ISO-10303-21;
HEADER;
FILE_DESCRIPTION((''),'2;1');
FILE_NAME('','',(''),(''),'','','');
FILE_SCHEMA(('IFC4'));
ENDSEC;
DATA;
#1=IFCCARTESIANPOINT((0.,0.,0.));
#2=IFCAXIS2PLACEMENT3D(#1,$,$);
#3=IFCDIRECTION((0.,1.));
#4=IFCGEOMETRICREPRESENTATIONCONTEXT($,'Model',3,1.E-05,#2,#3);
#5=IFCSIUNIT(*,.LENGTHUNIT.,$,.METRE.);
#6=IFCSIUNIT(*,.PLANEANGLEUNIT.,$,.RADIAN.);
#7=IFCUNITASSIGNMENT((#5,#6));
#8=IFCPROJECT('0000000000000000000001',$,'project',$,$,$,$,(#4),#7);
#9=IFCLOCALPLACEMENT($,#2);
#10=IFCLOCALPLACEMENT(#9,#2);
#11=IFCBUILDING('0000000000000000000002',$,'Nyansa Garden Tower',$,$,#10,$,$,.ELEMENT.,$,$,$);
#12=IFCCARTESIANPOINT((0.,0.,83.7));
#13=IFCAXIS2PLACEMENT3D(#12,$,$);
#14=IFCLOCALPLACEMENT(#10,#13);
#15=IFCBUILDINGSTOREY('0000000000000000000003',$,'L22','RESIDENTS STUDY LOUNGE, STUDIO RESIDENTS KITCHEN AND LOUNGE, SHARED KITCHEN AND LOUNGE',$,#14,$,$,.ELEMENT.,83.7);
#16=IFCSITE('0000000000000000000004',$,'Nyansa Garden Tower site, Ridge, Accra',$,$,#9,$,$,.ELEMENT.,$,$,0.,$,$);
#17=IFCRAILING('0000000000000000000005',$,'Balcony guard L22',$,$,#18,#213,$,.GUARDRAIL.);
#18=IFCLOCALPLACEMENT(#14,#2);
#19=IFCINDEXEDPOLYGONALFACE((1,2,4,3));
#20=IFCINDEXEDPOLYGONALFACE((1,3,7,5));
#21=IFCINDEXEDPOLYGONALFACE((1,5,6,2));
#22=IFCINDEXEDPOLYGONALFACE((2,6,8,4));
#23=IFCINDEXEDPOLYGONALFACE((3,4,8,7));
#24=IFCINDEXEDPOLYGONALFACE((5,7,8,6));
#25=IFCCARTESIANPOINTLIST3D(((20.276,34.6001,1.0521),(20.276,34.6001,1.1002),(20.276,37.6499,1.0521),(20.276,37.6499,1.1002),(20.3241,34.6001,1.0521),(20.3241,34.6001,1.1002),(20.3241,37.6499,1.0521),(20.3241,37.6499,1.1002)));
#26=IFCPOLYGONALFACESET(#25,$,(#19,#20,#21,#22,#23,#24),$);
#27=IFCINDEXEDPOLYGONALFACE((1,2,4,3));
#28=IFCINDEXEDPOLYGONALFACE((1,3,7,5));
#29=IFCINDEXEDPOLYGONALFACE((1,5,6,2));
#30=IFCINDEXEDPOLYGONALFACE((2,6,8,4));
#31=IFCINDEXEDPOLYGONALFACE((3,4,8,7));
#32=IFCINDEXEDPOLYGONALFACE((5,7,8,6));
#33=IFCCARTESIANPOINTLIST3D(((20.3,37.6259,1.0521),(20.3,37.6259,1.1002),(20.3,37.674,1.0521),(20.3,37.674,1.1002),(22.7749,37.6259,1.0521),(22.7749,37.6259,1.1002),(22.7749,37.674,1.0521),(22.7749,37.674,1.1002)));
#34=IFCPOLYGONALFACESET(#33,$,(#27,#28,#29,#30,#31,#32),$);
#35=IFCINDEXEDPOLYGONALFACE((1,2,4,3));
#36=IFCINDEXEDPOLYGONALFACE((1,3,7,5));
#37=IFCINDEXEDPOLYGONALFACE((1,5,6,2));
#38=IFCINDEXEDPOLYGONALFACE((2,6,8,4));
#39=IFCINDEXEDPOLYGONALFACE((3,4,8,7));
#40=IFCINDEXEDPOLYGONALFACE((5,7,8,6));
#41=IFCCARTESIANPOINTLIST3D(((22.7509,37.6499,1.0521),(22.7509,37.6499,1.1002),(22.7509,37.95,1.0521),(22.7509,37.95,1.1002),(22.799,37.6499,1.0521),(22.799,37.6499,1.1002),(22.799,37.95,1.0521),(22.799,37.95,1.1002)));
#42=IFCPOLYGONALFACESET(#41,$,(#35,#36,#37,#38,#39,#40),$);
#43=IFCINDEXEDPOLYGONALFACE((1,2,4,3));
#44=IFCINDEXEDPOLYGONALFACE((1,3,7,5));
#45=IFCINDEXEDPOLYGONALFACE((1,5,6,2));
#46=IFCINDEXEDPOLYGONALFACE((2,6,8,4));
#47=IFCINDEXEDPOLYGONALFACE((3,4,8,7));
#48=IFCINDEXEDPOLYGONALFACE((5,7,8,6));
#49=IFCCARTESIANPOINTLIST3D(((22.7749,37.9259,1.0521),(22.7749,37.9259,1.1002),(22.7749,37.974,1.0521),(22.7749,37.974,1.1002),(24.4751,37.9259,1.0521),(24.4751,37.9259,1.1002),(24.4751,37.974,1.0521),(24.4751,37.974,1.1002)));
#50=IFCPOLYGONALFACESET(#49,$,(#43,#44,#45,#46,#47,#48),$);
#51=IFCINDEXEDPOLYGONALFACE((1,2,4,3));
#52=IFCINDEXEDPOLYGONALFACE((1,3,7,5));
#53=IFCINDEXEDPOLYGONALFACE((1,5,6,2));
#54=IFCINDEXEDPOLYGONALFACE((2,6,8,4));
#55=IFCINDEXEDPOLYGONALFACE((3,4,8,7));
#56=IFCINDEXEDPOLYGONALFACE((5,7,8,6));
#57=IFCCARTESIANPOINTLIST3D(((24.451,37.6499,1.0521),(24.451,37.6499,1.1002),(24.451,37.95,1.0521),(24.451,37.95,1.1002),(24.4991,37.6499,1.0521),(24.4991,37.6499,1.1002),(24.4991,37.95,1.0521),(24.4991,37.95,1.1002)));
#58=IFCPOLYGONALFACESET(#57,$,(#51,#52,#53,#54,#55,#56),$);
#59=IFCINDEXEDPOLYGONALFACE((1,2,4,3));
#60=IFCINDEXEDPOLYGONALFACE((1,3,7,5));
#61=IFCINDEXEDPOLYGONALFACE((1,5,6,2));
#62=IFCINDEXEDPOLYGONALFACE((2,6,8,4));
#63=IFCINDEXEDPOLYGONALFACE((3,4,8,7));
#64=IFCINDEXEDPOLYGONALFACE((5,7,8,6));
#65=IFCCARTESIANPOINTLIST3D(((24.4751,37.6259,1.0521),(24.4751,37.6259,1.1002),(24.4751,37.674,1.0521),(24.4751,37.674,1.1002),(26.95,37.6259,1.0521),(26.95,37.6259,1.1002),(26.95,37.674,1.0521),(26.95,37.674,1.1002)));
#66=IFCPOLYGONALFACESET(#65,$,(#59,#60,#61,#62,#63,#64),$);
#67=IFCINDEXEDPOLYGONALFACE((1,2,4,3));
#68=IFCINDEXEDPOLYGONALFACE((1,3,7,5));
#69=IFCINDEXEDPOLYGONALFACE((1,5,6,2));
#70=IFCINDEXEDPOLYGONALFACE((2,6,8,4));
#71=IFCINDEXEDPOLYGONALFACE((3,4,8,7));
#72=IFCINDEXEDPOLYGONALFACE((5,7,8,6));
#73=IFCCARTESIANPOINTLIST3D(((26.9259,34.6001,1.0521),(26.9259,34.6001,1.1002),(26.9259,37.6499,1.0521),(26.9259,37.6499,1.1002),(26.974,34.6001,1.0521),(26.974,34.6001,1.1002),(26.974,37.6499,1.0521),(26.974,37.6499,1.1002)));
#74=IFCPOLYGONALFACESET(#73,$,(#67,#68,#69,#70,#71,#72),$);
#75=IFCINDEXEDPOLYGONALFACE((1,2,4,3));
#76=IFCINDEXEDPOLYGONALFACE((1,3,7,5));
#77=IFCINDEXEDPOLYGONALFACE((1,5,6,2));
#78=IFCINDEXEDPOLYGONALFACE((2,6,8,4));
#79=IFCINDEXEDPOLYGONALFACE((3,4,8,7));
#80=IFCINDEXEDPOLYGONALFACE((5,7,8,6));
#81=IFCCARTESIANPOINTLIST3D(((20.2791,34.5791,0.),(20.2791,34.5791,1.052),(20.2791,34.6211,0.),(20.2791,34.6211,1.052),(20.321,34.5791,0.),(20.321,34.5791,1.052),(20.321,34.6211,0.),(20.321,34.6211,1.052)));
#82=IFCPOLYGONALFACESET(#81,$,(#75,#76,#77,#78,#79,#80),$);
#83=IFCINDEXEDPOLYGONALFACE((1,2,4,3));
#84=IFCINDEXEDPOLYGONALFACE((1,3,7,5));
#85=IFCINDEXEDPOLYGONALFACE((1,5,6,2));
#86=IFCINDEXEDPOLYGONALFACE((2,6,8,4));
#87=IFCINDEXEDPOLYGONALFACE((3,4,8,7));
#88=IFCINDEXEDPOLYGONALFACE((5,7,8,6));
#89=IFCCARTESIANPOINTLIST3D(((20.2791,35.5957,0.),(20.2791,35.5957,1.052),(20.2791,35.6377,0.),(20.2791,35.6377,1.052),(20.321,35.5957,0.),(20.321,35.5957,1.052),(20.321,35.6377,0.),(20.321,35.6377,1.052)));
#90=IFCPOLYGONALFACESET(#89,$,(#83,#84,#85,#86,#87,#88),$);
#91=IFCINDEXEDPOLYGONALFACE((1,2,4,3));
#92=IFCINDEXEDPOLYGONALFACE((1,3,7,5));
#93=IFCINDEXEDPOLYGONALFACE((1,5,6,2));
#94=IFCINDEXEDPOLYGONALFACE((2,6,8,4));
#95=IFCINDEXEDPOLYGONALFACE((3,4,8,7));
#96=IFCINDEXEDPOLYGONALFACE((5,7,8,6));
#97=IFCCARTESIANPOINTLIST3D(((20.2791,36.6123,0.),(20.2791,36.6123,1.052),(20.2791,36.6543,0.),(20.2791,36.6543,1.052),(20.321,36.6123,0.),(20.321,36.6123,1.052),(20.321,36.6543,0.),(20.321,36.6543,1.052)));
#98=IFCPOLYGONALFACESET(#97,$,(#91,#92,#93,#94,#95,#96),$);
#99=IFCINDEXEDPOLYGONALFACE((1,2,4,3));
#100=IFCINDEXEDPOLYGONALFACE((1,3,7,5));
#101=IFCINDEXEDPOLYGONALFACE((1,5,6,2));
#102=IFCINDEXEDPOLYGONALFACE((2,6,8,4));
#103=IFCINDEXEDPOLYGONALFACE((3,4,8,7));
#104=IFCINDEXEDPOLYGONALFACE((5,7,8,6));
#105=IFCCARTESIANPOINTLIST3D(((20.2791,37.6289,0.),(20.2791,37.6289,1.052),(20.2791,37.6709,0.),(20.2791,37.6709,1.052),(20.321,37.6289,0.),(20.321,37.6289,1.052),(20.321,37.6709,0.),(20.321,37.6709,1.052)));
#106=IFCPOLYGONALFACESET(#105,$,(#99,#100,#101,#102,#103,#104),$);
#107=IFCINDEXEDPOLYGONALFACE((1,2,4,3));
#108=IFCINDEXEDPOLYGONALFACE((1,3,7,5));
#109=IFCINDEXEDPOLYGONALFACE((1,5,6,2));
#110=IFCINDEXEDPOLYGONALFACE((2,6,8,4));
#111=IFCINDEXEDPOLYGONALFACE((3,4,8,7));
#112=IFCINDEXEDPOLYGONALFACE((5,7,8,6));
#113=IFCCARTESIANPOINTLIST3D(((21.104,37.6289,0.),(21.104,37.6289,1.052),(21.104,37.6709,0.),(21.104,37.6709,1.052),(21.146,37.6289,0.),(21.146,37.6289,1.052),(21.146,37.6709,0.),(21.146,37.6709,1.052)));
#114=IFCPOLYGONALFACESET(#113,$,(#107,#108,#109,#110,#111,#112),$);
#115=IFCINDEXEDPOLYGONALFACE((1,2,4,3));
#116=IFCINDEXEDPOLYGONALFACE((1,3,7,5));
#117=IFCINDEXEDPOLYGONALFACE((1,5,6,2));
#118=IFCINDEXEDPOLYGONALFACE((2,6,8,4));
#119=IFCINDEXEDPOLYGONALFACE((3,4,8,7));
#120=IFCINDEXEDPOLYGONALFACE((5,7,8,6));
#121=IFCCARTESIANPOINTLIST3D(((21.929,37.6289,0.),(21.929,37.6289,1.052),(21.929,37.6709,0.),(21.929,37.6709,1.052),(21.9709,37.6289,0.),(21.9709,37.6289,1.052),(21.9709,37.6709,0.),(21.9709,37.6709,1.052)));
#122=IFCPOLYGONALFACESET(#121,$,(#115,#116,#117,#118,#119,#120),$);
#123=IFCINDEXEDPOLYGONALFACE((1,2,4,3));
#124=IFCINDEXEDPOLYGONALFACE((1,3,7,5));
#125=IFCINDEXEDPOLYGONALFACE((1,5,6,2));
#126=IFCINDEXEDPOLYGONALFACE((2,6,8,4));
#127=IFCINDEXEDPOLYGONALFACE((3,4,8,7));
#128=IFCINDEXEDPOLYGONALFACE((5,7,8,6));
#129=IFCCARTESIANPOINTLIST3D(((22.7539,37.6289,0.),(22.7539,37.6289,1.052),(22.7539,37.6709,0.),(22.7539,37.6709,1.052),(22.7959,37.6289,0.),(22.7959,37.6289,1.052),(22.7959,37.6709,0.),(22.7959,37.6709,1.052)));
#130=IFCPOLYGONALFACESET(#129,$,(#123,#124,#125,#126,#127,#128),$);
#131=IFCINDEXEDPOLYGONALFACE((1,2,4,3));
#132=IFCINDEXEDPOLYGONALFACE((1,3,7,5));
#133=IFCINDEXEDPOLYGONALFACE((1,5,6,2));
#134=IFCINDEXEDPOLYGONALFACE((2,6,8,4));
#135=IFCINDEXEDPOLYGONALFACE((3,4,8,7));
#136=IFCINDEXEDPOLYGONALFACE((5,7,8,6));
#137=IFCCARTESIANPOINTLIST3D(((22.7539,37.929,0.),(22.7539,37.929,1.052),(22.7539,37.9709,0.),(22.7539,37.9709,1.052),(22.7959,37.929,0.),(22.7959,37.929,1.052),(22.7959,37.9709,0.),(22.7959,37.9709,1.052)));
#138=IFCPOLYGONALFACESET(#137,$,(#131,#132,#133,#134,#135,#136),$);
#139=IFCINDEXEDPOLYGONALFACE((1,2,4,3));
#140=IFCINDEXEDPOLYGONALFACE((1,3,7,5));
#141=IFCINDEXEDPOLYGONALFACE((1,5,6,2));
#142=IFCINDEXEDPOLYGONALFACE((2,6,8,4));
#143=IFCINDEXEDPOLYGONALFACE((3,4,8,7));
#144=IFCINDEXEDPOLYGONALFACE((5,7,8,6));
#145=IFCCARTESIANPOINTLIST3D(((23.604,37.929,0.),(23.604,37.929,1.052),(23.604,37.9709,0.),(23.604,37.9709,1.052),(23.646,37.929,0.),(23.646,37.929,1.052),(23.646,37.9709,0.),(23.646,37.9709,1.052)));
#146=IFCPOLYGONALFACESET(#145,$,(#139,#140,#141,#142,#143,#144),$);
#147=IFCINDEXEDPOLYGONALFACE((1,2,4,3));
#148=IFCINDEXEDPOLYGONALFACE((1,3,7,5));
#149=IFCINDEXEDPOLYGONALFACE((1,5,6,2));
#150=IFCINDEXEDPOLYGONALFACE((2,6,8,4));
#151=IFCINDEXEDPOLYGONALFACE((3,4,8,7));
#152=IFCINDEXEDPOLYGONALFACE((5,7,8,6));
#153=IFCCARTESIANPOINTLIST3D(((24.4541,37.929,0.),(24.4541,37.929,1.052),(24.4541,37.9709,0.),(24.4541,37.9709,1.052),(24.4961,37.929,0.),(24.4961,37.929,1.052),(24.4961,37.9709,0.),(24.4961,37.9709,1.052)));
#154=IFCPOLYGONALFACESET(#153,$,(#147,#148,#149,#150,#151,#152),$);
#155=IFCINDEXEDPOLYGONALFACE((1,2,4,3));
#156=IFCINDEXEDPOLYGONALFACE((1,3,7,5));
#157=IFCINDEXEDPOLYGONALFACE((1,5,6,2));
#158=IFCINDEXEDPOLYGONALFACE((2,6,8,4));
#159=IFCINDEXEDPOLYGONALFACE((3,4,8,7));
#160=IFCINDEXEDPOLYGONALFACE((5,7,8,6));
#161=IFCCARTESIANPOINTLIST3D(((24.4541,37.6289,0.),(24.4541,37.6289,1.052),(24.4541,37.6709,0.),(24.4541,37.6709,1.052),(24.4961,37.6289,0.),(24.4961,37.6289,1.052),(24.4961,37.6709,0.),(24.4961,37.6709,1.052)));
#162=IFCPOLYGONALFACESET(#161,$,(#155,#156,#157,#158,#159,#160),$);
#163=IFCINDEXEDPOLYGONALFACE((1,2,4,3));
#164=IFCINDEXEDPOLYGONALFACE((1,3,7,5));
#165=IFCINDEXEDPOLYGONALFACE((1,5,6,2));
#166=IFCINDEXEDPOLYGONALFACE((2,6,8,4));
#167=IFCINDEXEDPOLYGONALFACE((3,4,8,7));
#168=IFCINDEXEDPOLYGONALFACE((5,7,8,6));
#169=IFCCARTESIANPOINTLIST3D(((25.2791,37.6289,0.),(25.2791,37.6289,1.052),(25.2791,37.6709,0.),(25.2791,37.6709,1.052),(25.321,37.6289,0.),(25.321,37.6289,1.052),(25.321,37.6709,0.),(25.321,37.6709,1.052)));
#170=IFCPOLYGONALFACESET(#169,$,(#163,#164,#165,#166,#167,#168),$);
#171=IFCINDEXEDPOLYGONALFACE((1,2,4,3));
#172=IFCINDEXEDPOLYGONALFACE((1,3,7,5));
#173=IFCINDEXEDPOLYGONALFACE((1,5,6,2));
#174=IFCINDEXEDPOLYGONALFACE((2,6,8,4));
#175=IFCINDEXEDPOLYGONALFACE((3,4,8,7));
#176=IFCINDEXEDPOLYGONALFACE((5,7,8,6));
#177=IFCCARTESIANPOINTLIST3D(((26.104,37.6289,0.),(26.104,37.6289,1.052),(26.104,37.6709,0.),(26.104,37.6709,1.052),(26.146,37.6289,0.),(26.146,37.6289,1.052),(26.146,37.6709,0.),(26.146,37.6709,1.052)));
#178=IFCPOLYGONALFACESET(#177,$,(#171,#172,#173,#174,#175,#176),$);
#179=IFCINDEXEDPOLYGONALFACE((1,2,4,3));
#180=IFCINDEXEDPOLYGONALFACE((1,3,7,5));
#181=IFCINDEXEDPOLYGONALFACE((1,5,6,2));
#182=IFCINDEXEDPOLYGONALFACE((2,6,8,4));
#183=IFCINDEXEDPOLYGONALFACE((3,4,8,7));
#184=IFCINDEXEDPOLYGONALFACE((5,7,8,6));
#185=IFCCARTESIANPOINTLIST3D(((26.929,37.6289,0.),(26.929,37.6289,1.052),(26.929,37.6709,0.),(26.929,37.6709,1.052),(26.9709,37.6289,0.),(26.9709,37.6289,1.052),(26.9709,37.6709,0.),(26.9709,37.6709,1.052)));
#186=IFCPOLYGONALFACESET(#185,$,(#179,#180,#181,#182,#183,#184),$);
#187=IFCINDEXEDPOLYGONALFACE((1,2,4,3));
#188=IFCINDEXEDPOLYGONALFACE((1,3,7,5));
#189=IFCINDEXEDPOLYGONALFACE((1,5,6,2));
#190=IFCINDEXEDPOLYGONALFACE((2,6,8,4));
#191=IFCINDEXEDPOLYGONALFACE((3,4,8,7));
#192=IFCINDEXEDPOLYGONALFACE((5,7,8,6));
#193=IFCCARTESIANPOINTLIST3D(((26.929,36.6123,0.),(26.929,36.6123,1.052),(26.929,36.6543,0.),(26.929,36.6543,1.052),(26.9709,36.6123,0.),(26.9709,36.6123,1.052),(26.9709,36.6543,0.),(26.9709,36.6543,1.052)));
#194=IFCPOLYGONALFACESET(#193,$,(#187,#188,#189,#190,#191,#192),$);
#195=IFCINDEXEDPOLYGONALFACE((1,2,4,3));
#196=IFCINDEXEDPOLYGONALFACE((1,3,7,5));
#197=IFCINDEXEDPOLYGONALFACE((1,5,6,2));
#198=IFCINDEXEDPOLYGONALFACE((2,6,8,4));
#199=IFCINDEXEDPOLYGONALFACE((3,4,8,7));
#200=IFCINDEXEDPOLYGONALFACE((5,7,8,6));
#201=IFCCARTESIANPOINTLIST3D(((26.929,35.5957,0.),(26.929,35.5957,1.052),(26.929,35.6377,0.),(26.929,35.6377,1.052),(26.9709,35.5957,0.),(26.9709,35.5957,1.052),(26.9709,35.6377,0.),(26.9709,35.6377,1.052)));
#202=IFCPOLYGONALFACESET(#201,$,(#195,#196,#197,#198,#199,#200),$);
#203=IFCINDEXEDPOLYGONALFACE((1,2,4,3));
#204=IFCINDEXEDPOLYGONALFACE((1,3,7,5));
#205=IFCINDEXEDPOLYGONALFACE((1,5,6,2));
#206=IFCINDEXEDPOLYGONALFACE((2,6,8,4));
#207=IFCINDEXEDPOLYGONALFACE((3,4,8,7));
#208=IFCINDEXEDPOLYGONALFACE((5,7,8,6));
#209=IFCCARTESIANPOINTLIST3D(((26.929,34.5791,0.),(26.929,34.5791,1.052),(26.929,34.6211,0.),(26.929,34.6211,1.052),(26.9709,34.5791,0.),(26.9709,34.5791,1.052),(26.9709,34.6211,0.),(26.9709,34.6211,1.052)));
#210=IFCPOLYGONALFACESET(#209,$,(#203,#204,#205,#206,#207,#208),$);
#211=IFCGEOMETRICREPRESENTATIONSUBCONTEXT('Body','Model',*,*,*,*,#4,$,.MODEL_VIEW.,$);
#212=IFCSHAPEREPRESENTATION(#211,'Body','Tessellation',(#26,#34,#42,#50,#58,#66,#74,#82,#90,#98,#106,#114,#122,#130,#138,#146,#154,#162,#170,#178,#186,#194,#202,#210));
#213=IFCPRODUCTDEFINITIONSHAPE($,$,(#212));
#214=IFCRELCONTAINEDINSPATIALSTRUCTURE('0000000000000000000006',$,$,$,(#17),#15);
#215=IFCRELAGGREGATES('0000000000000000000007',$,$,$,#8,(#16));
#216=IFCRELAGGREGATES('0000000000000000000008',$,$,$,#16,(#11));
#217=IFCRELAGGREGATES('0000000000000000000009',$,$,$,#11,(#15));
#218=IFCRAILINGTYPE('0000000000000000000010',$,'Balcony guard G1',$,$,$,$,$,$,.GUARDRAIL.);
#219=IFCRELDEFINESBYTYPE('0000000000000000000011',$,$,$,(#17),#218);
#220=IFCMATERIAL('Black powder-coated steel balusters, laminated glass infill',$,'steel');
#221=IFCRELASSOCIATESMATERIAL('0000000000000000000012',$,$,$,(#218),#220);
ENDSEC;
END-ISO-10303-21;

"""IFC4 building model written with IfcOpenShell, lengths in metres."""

from ifc_helpers import new_model, si_unit, direction, frame, origin, origin_2d, place, context, subcontext, project, spatial, rectangle, extrude, material, type_object, element, save


model = new_model("IFC4")

# Units and contexts
model_context = context("Model", 3, precision=1e-05, world=origin(), true_north=direction((0.0, 1.0)))
body_context = subcontext(model_context, "Body", "Model", "MODEL_VIEW")
ifc_project = project(units=[si_unit("LENGTHUNIT", "METRE"), si_unit("PLANEANGLEUNIT", "RADIAN")], contexts=[model_context])

# Site, building, storey
site_placement = place(None, origin())
site = spatial("IfcSite", under=ifc_project, at=site_placement, Name="Nyansa Garden Tower site, Ridge, Accra", CompositionType="ELEMENT", RefElevation=0.0)
building_placement = place(site_placement, origin())
building = spatial("IfcBuilding", under=site, at=building_placement, Name="Nyansa Garden Tower", CompositionType="ELEMENT")
storey_placement = place(building_placement, frame((0.0, 0.0, 83.7)))
storey = spatial("IfcBuildingStorey", under=building, at=storey_placement, Name="L22", Description="RESIDENTS STUDY LOUNGE, STUDIO RESIDENTS KITCHEN AND LOUNGE, SHARED KITCHEN AND LOUNGE", CompositionType="ELEMENT", Elevation=83.7)

# Railing
ifc_material_1 = material(Name="Black powder-coated steel balusters, laminated glass infill", Category="steel")
railing_type = type_object("IfcRailingType", Name="Balcony guard G1", PredefinedType="GUARDRAIL", material=ifc_material_1)
railing_placement = place(storey_placement, frame((20.3, 34.6001, 0.0)))
element("IfcRailing", 1, at=railing_placement, inside=storey, type_object=railing_type, Name="Balcony guard L22", PredefinedType="GUARDRAIL", context=body_context, shape_type="SweptSolid", body=[
    extrude(rectangle(XDim=0.0481, YDim=0.0481, at=origin_2d()), frame((0.0, 0.0, 1.0762), z_axis=(0.0, 1.0, 0.0), x_axis=(-1.0, 0.0, 0.0)), (0.0, 0.0, 1.0), 3.0498),
    extrude(rectangle(XDim=0.0481, YDim=0.0481, at=origin_2d()), frame((0.0, 3.0498, 1.0762), z_axis=(1.0, 0.0, 0.0), x_axis=(0.0, 1.0, 0.0)), (0.0, 0.0, 1.0), 2.4749),
    extrude(rectangle(XDim=0.0481, YDim=0.0481, at=origin_2d()), frame((2.4749, 3.0498, 1.0762), z_axis=(0.0, 1.0, 0.0), x_axis=(-1.0, 0.0, 0.0)), (0.0, 0.0, 1.0), 0.3),
    extrude(rectangle(XDim=0.0481, YDim=0.0481, at=origin_2d()), frame((2.4749, 3.3499, 1.0762), z_axis=(1.0, 0.0, 0.0), x_axis=(0.0, 1.0, 0.0)), (0.0, 0.0, 1.0), 1.7002),
    extrude(rectangle(XDim=0.0481, YDim=0.0481, at=origin_2d()), frame((4.175, 3.3499, 1.0762), z_axis=(0.0, -1.0, 0.0), x_axis=(1.0, 0.0, 0.0)), (0.0, 0.0, 1.0), 0.3),
    extrude(rectangle(XDim=0.0481, YDim=0.0481, at=origin_2d()), frame((4.175, 3.0498, 1.0762), z_axis=(1.0, 0.0, 0.0), x_axis=(0.0, 1.0, 0.0)), (0.0, 0.0, 1.0), 2.4749),
    extrude(rectangle(XDim=0.0481, YDim=0.0481, at=origin_2d()), frame((6.6499, 3.0498, 1.0762), z_axis=(0.0, -1.0, 0.0), x_axis=(1.0, 0.0, 0.0)), (0.0, 0.0, 1.0), 3.0498),
    extrude(rectangle(XDim=0.042, YDim=0.042, at=origin_2d()), origin(), (0.0, 0.0, 1.0), 1.052),
    extrude(rectangle(XDim=0.042, YDim=0.042, at=origin_2d()), frame((0.0, 1.0166, 0.0)), (0.0, 0.0, 1.0), 1.052),
    extrude(rectangle(XDim=0.042, YDim=0.042, at=origin_2d()), frame((0.0, 2.0332, 0.0)), (0.0, 0.0, 1.0), 1.052),
    extrude(rectangle(XDim=0.042, YDim=0.042, at=origin_2d()), frame((0.0, 3.0498, 0.0)), (0.0, 0.0, 1.0), 1.052),
    extrude(rectangle(XDim=0.042, YDim=0.042, at=origin_2d()), frame((0.825, 3.0498, 0.0)), (0.0, 0.0, 1.0), 1.052),
    extrude(rectangle(XDim=0.042, YDim=0.042, at=origin_2d()), frame((1.6499, 3.0498, 0.0)), (0.0, 0.0, 1.0), 1.052),
    extrude(rectangle(XDim=0.042, YDim=0.042, at=origin_2d()), frame((2.4749, 3.0498, 0.0)), (0.0, 0.0, 1.0), 1.052),
    extrude(rectangle(XDim=0.042, YDim=0.042, at=origin_2d()), frame((2.4749, 3.3499, 0.0)), (0.0, 0.0, 1.0), 1.052),
    extrude(rectangle(XDim=0.042, YDim=0.042, at=origin_2d()), frame((3.325, 3.3499, 0.0)), (0.0, 0.0, 1.0), 1.052),
    extrude(rectangle(XDim=0.042, YDim=0.042, at=origin_2d()), frame((4.175, 3.3499, 0.0)), (0.0, 0.0, 1.0), 1.052),
    extrude(rectangle(XDim=0.042, YDim=0.042, at=origin_2d()), frame((4.175, 3.0498, 0.0)), (0.0, 0.0, 1.0), 1.052),
    extrude(rectangle(XDim=0.042, YDim=0.042, at=origin_2d()), frame((5.0, 3.0498, 0.0)), (0.0, 0.0, 1.0), 1.052),
    extrude(rectangle(XDim=0.042, YDim=0.042, at=origin_2d()), frame((5.825, 3.0498, 0.0)), (0.0, 0.0, 1.0), 1.052),
    extrude(rectangle(XDim=0.042, YDim=0.042, at=origin_2d()), frame((6.6499, 3.0498, 0.0)), (0.0, 0.0, 1.0), 1.052),
    extrude(rectangle(XDim=0.042, YDim=0.042, at=origin_2d()), frame((6.6499, 2.0332, 0.0)), (0.0, 0.0, 1.0), 1.052),
    extrude(rectangle(XDim=0.042, YDim=0.042, at=origin_2d()), frame((6.6499, 1.0166, 0.0)), (0.0, 0.0, 1.0), 1.052),
    extrude(rectangle(XDim=0.042, YDim=0.042, at=origin_2d()), frame((6.6499, 0.0, 0.0)), (0.0, 0.0, 1.0), 1.052),
])

save(model, "model.ifc")
